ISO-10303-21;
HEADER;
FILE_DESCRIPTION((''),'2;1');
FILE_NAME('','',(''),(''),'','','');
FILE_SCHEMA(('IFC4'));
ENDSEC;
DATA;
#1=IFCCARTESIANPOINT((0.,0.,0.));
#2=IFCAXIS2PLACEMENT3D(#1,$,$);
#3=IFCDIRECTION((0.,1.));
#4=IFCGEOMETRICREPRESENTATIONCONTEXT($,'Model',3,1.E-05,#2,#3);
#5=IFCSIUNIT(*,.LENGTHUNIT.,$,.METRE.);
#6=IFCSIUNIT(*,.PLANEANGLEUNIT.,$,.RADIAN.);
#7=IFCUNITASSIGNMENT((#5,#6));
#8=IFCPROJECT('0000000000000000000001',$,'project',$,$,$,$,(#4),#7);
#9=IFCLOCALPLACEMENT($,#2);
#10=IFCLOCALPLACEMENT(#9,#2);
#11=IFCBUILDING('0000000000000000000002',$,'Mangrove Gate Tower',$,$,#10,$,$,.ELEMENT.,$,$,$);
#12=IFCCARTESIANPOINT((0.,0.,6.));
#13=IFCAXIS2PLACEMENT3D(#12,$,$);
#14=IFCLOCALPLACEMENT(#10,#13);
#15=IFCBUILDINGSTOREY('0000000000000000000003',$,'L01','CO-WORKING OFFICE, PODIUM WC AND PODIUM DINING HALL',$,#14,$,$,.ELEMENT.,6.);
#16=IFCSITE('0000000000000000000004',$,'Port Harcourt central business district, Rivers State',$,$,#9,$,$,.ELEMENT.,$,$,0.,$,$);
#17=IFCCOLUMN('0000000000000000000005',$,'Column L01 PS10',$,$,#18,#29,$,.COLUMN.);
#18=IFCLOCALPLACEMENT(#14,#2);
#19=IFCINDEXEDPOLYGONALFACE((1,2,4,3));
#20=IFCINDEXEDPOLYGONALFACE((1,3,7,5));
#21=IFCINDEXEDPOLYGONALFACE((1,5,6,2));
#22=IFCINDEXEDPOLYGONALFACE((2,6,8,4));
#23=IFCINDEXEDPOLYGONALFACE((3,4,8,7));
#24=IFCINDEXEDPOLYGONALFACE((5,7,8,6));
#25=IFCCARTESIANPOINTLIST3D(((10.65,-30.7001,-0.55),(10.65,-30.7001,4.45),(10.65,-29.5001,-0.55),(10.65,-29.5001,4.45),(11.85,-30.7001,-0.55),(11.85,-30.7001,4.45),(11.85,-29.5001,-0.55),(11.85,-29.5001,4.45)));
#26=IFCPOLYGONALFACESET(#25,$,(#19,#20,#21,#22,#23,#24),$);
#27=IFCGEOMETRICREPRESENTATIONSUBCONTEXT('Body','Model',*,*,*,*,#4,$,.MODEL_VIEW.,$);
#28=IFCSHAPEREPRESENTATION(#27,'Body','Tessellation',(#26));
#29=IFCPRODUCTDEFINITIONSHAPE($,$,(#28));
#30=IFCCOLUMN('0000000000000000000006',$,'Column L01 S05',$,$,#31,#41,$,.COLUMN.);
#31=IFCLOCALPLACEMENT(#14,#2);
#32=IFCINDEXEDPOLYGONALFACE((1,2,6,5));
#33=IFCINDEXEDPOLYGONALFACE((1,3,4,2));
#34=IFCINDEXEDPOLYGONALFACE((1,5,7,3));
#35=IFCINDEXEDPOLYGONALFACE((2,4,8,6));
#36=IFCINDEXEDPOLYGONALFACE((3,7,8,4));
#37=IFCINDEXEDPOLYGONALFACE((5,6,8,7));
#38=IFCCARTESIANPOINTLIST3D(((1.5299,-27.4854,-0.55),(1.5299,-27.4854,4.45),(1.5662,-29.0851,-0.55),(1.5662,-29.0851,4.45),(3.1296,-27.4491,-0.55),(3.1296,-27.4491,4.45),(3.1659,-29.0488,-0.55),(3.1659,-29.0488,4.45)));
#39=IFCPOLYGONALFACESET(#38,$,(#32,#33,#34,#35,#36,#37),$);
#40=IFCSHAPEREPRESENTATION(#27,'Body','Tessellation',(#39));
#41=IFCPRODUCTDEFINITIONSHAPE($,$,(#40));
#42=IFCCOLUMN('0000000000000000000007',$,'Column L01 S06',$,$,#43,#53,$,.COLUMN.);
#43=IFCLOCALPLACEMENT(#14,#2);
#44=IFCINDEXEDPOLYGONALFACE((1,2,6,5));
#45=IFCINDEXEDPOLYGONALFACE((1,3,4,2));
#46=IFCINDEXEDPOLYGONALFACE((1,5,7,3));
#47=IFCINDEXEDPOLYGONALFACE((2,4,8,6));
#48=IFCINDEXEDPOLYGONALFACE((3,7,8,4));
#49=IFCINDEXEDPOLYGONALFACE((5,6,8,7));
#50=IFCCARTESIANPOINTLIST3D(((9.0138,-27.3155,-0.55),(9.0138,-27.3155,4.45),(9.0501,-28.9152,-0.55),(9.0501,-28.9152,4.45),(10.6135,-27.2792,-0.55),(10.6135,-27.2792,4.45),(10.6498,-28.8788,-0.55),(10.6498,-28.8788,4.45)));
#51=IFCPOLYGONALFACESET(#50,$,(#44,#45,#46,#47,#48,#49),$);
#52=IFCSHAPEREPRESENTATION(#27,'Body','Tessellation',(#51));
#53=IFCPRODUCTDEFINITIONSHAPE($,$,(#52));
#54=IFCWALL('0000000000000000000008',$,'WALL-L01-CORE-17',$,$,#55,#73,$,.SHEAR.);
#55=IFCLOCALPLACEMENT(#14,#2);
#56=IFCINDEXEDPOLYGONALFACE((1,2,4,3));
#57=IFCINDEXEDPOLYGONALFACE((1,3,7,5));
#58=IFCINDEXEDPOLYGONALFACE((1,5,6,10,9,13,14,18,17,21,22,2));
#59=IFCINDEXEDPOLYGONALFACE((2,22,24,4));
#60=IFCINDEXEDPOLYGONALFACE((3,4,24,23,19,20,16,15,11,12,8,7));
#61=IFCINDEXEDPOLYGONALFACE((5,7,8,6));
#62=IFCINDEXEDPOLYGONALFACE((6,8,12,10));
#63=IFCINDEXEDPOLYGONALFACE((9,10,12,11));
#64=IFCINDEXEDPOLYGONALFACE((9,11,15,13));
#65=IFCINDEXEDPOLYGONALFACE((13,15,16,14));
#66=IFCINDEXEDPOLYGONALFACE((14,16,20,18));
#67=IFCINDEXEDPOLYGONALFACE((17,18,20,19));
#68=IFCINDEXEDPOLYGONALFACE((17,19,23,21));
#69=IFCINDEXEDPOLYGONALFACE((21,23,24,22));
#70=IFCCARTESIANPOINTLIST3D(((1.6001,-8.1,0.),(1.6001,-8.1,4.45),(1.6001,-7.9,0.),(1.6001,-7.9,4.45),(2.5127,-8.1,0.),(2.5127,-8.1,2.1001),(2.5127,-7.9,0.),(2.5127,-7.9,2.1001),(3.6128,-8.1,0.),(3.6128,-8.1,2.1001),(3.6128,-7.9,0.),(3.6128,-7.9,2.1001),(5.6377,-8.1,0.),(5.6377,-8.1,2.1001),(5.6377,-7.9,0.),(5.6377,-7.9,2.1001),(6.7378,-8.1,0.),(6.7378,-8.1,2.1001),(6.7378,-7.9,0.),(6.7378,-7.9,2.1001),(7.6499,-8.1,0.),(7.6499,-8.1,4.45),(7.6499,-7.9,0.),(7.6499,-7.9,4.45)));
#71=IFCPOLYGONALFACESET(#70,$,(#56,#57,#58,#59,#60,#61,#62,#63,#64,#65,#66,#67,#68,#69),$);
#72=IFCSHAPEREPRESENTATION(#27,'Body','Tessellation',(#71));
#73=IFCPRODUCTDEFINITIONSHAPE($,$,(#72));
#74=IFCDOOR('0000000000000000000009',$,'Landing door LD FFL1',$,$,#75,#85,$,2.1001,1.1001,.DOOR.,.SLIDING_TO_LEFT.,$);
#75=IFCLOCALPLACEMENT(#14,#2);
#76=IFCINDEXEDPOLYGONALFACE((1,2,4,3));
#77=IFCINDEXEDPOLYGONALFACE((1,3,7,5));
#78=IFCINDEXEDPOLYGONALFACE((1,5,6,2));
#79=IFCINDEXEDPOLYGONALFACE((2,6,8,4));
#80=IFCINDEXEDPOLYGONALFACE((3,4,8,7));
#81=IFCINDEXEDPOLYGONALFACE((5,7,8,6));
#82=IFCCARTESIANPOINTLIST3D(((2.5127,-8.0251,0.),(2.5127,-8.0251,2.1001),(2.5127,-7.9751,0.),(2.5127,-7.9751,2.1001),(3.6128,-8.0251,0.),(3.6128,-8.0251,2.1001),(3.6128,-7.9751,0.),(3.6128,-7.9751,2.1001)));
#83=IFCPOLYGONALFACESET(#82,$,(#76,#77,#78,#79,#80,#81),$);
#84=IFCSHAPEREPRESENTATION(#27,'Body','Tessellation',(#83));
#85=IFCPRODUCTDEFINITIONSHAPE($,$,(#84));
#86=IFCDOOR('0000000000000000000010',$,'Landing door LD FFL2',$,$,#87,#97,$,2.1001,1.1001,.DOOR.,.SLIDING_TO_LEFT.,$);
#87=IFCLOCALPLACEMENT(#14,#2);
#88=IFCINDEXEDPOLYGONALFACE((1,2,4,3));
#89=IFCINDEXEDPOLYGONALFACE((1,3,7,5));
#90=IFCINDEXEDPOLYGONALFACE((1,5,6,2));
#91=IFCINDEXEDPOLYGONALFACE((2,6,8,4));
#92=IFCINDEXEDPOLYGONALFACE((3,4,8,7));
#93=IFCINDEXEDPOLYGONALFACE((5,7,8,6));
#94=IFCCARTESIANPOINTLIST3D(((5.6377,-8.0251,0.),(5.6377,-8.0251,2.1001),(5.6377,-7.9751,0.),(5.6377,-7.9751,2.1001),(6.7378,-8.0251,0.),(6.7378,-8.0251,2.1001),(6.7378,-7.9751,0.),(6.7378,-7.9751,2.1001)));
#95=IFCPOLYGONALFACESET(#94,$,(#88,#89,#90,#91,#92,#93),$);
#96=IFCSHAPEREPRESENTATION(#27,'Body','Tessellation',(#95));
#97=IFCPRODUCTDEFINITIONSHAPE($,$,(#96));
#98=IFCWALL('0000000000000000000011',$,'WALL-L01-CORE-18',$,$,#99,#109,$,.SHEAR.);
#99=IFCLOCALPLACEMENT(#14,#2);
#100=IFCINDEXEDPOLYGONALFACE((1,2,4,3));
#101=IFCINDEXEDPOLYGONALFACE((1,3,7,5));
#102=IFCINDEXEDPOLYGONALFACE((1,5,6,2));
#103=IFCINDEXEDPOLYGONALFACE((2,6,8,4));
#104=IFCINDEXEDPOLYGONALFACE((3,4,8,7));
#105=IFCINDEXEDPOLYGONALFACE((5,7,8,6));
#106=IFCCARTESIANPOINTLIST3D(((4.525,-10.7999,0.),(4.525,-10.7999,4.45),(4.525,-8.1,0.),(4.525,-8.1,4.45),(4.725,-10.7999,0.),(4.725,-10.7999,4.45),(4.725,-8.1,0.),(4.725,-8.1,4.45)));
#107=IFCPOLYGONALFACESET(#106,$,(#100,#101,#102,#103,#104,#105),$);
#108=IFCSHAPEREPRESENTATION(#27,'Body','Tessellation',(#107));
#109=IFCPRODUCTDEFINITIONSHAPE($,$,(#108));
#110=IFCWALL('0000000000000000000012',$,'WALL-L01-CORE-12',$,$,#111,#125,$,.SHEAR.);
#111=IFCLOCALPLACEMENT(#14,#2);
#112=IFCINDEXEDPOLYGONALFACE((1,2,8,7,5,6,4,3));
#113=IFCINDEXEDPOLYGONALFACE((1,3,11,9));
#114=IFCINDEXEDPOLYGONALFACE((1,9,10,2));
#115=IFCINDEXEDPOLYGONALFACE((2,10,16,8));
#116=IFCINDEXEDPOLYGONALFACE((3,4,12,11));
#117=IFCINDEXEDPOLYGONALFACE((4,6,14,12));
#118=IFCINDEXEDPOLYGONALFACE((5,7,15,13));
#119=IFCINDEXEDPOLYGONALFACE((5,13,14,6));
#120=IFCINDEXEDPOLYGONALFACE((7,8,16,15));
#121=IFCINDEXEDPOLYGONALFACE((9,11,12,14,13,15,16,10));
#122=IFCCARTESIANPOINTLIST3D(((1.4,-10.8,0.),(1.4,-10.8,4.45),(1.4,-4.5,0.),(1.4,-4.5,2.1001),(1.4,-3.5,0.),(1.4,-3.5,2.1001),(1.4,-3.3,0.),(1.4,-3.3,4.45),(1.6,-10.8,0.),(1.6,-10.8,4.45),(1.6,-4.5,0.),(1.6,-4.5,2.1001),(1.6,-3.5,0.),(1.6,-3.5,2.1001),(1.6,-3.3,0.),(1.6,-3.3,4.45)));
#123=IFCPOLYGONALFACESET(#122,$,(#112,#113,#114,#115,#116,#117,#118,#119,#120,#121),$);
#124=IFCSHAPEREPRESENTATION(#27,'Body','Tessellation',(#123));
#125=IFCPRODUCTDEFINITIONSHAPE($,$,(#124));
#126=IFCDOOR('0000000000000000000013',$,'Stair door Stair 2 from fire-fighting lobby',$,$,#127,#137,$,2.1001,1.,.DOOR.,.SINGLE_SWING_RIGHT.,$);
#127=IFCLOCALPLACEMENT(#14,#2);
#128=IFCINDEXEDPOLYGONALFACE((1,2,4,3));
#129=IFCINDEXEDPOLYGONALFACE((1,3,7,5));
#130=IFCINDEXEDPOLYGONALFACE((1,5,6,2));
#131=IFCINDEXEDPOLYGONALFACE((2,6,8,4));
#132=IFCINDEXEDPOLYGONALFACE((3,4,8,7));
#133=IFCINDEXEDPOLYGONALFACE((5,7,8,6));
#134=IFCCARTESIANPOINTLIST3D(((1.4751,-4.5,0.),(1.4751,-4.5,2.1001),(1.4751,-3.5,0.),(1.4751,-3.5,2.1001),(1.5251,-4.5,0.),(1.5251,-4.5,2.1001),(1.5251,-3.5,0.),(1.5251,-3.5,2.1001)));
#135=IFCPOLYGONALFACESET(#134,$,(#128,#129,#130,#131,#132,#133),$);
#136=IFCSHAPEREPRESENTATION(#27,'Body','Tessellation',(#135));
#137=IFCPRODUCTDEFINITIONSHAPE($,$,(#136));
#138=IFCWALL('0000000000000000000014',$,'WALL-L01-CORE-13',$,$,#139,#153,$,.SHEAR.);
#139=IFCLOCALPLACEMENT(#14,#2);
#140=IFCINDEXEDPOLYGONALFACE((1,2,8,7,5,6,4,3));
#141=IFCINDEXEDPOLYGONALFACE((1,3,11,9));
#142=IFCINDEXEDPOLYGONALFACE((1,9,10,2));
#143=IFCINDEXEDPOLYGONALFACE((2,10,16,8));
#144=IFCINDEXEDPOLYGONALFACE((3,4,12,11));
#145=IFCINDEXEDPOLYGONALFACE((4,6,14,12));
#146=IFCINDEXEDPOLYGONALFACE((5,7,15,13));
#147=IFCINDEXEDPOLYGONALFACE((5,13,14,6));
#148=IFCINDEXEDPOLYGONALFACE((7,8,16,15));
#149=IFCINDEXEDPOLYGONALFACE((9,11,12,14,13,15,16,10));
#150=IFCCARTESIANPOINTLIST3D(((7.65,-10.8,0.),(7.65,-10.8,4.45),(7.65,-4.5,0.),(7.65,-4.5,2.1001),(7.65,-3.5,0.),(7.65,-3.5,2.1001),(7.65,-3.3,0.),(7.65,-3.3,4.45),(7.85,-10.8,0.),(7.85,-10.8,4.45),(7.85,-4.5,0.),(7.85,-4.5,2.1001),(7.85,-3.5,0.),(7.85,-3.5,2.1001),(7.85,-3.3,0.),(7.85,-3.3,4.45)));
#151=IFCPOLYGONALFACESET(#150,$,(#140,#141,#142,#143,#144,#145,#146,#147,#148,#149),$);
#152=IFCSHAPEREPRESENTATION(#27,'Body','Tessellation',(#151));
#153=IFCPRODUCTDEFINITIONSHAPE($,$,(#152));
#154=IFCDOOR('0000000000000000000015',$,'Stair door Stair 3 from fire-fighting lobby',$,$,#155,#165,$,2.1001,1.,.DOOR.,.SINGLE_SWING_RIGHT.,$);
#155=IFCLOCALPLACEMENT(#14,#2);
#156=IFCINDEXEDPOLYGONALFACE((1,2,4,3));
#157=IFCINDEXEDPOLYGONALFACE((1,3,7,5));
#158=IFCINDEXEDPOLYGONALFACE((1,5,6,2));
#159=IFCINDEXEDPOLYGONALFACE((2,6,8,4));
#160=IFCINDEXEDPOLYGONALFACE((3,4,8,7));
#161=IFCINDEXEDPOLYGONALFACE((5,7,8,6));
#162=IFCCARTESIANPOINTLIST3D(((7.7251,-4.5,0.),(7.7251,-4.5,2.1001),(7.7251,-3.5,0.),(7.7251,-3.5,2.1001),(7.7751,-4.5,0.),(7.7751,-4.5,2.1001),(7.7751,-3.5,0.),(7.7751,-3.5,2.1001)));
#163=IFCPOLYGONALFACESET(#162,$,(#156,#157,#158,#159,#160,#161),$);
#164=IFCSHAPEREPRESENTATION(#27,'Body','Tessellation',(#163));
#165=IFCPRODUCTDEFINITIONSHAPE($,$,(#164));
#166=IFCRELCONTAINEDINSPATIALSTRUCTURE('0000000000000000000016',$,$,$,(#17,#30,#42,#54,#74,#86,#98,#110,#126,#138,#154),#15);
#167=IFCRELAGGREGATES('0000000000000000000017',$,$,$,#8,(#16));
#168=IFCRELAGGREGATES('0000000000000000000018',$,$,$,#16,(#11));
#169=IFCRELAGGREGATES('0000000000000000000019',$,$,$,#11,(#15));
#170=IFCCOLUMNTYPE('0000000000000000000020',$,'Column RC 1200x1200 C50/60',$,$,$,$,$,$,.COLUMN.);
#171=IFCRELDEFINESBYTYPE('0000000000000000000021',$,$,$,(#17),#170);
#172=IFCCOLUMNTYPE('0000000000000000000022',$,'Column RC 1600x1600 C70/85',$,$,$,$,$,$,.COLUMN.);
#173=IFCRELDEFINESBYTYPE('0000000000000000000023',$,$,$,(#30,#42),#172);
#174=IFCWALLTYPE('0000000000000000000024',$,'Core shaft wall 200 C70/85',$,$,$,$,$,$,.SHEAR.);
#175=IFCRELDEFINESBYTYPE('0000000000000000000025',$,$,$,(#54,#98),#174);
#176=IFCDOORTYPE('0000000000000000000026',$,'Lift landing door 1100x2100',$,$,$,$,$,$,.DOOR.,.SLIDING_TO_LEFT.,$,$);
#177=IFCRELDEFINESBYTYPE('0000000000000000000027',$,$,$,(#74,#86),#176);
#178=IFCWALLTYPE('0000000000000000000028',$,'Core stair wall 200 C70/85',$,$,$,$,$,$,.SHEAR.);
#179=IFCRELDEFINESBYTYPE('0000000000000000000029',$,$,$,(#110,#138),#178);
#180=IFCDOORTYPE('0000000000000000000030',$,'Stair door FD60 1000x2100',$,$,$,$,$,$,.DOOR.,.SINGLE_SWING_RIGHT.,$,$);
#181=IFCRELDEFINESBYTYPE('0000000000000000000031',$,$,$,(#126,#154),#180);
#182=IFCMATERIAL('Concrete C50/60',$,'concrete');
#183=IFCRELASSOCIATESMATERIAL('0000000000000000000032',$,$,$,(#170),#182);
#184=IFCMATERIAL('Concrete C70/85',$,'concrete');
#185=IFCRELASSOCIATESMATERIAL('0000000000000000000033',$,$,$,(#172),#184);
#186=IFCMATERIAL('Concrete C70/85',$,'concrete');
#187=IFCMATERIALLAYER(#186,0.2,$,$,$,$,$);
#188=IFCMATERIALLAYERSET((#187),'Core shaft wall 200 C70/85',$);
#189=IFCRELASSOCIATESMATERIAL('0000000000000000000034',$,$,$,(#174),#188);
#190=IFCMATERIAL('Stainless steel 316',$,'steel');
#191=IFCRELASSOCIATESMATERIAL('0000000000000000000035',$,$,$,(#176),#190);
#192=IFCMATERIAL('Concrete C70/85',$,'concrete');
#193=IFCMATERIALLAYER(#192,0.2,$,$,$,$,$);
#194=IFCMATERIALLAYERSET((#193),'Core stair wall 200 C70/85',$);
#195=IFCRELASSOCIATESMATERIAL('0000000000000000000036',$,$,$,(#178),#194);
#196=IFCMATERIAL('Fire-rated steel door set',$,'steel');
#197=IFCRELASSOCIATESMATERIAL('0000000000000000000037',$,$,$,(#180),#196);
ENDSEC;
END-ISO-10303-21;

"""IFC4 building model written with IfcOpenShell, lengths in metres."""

from ifc_helpers import new_model, si_unit, direction, frame, frame_2d, origin, origin_2d, place, context, subcontext, project, spatial, rectangle, extrude, material, layer, layer_set, material_profile, profile_set, type_object, element, fill, save


model = new_model("IFC4")

# Units and contexts
model_context = context("Model", 3, precision=1e-05, world=origin(), true_north=direction((0.0, 1.0)))
body_context = subcontext(model_context, "Body", "Model", "MODEL_VIEW")
ifc_project = project(units=[si_unit("LENGTHUNIT", "METRE"), si_unit("PLANEANGLEUNIT", "RADIAN")], contexts=[model_context])

# Site, building, storey
site_placement = place(None, origin())
site = spatial("IfcSite", under=ifc_project, at=site_placement, Name="Port Harcourt central business district, Rivers State", CompositionType="ELEMENT", RefElevation=0.0)
building_placement = place(site_placement, origin())
building = spatial("IfcBuilding", under=site, at=building_placement, Name="Mangrove Gate Tower", CompositionType="ELEMENT")
storey_placement = place(building_placement, frame((0.0, 0.0, 6.0)))
storey = spatial("IfcBuildingStorey", under=building, at=storey_placement, Name="L01", Description="CO-WORKING OFFICE, PODIUM WC AND PODIUM DINING HALL", CompositionType="ELEMENT", Elevation=6.0)

# Columns
ifc_material_1 = material(Name="Concrete C50/60", Category="concrete")
ifc_material_profile_1 = material_profile(ifc_material_1, rectangle(XDim=1.2, YDim=1.2, at=origin_2d()))
ifc_profile_set_1 = profile_set([ifc_material_profile_1], Name="Concrete C50/60")
column_type_1 = type_object("IfcColumnType", Name="Column RC 1200x1200 C50/60", PredefinedType="COLUMN", material=ifc_profile_set_1)
column_placement = place(storey_placement, frame((11.25, -30.1001, -0.55), z_axis=(0.0, 0.0, 1.0), x_axis=(1.0, 0.0, 0.0)))
element("IfcColumn", 1, at=column_placement, inside=storey, type_object=column_type_1, Name="Column L01 PS10", PredefinedType="COLUMN", context=body_context, shape_type="SweptSolid", body=[
    extrude(rectangle(XDim=1.2, YDim=1.2, at=origin_2d()), origin(), (0.0, 0.0, 1.0), 5.0),
])
ifc_material_2 = material(Name="Concrete C70/85", Category="concrete")
ifc_material_profile_2 = material_profile(ifc_material_2, rectangle(XDim=1.6001, YDim=1.6001, at=origin_2d()))
ifc_profile_set_2 = profile_set([ifc_material_profile_2], Name="Concrete C70/85")
column_type_2 = type_object("IfcColumnType", Name="Column RC 1600x1600 C70/85", PredefinedType="COLUMN", material=ifc_profile_set_2)
for number, where, z_axis, x_axis, name in (
    (2, (2.3479, -28.2671, -0.55), (0.0, 0.0, 1.0), (0.999742, 0.022709, 0.0), "Column L01 S05"),
    (3, (9.8318, -28.0972, -0.55), (0.0, 0.0, 1.0), (0.999742, 0.022711, 0.0), "Column L01 S06"),
):
    element("IfcColumn", number, at=place(storey_placement, frame(where, z_axis=z_axis, x_axis=x_axis)), inside=storey, type_object=column_type_2, Name=name, PredefinedType="COLUMN", context=body_context, shape_type="SweptSolid", body=[
        extrude(rectangle(XDim=1.6001, YDim=1.6001, at=origin_2d()), origin(), (0.0, 0.0, 1.0), 5.0),
    ])

# Wall, openings, doors
ifc_material_3 = material(Name="Concrete C70/85", Category="concrete")
ifc_layer_1 = layer(ifc_material_3, 0.2)
ifc_layer_set_1 = layer_set([ifc_layer_1], Name="Core shaft wall 200 C70/85")
wall_type_1 = type_object("IfcWallType", Name="Core shaft wall 200 C70/85", PredefinedType="SHEAR", material=ifc_layer_set_1)
wall_1_placement = place(storey_placement, frame((1.6001, -8.0, 0.0), z_axis=(0.0, 0.0, 1.0), x_axis=(1.0, 0.0, 0.0)))
wall_1 = element("IfcWall", 4, at=wall_1_placement, inside=storey, type_object=wall_type_1, Name="WALL-L01-CORE-17", PredefinedType="SHEAR", context=body_context, shape_type="SweptSolid", body=[
    extrude(rectangle(XDim=6.0498, YDim=0.2, at=frame_2d((3.0249, 0.0))), origin(), (0.0, 0.0, 1.0), 4.45),
])
opening_1_placement = place(wall_1_placement, frame((0.9126, 0.0, 0.0)))
opening_1 = element("IfcOpeningElement", 5, at=opening_1_placement, cuts=wall_1, PredefinedType="OPENING", context=body_context, shape_type="SweptSolid", body=[
    extrude(rectangle(XDim=1.1001, YDim=2.1001, at=frame_2d((0.55, 1.05))), frame((0.0, 0.1099, 0.0), z_axis=(0.0, -1.0, 0.0), x_axis=(1.0, 0.0, 0.0)), (0.0, 0.0, 1.0), 0.22),
])
opening_2_placement = place(wall_1_placement, frame((4.0376, 0.0, 0.0)))
opening_2 = element("IfcOpeningElement", 6, at=opening_2_placement, cuts=wall_1, PredefinedType="OPENING", context=body_context, shape_type="SweptSolid", body=[
    extrude(rectangle(XDim=1.1001, YDim=2.1001, at=frame_2d((0.55, 1.05))), frame((0.0, 0.1099, 0.0), z_axis=(0.0, -1.0, 0.0), x_axis=(1.0, 0.0, 0.0)), (0.0, 0.0, 1.0), 0.22),
])
ifc_material_4 = material(Name="Stainless steel 316", Category="steel")
door_type_1 = type_object("IfcDoorType", Name="Lift landing door 1100x2100", OperationType="SLIDING_TO_LEFT", PredefinedType="DOOR", material=ifc_material_4)
door_1_placement = place(opening_1_placement, origin())
door_1 = element("IfcDoor", 7, at=door_1_placement, inside=storey, type_object=door_type_1, Name="Landing door LD FFL1", OperationType="SLIDING_TO_LEFT", OverallHeight=2.1001, OverallWidth=1.1001, PredefinedType="DOOR", context=body_context, shape_type="SweptSolid", body=[
    extrude(rectangle(XDim=1.1001, YDim=2.1001, at=frame_2d((0.55, 1.05))), frame((0.0, 0.0249, 0.0), z_axis=(0.0, -1.0, 0.0), x_axis=(1.0, 0.0, 0.0)), (0.0, 0.0, 1.0), 0.05),
])
fill(opening_1, door_1)
door_2_placement = place(opening_2_placement, origin())
door_2 = element("IfcDoor", 8, at=door_2_placement, inside=storey, type_object=door_type_1, Name="Landing door LD FFL2", OperationType="SLIDING_TO_LEFT", OverallHeight=2.1001, OverallWidth=1.1001, PredefinedType="DOOR", context=body_context, shape_type="SweptSolid", body=[
    extrude(rectangle(XDim=1.1001, YDim=2.1001, at=frame_2d((0.55, 1.05))), frame((0.0, 0.0249, 0.0), z_axis=(0.0, -1.0, 0.0), x_axis=(1.0, 0.0, 0.0)), (0.0, 0.0, 1.0), 0.05),
])
fill(opening_2, door_2)

# Wall
wall_2_placement = place(storey_placement, frame((4.625, -10.8, 0.0), z_axis=(0.0, 0.0, 1.0), x_axis=(0.0, 1.0, 0.0)))
element("IfcWall", 9, at=wall_2_placement, inside=storey, type_object=wall_type_1, Name="WALL-L01-CORE-18", PredefinedType="SHEAR", context=body_context, shape_type="SweptSolid", body=[
    extrude(rectangle(XDim=2.7, YDim=0.2, at=frame_2d((1.3501, 0.0))), origin(), (0.0, 0.0, 1.0), 4.45),
])

# Walls, openings, doors
ifc_material_5 = material(Name="Concrete C70/85", Category="concrete")
ifc_layer_2 = layer(ifc_material_5, 0.2)
ifc_layer_set_2 = layer_set([ifc_layer_2], Name="Core stair wall 200 C70/85")
wall_type_2 = type_object("IfcWallType", Name="Core stair wall 200 C70/85", PredefinedType="SHEAR", material=ifc_layer_set_2)
wall_3_placement = place(storey_placement, frame((1.5, -10.8, 0.0), z_axis=(0.0, 0.0, 1.0), x_axis=(0.0, 1.0, 0.0)))
wall_3 = element("IfcWall", 10, at=wall_3_placement, inside=storey, type_object=wall_type_2, Name="WALL-L01-CORE-12", PredefinedType="SHEAR", context=body_context, shape_type="SweptSolid", body=[
    extrude(rectangle(XDim=7.5, YDim=0.2, at=frame_2d((3.75, 0.0))), origin(), (0.0, 0.0, 1.0), 4.45),
])
opening_3_placement = place(wall_3_placement, frame((6.3, 0.0, 0.0)))
opening_3 = element("IfcOpeningElement", 11, at=opening_3_placement, cuts=wall_3, PredefinedType="OPENING", context=body_context, shape_type="SweptSolid", body=[
    extrude(rectangle(XDim=1.0, YDim=2.1001, at=frame_2d((0.5, 1.05))), frame((0.0, 0.1099, 0.0), z_axis=(0.0, -1.0, 0.0), x_axis=(1.0, 0.0, 0.0)), (0.0, 0.0, 1.0), 0.22),
])
ifc_material_6 = material(Name="Fire-rated steel door set", Category="steel")
door_type_2 = type_object("IfcDoorType", Name="Stair door FD60 1000x2100", OperationType="SINGLE_SWING_RIGHT", PredefinedType="DOOR", material=ifc_material_6)
door_3_placement = place(opening_3_placement, origin())
door_3 = element("IfcDoor", 12, at=door_3_placement, inside=storey, type_object=door_type_2, Name="Stair door Stair 2 from fire-fighting lobby", OperationType="SINGLE_SWING_RIGHT", OverallHeight=2.1001, OverallWidth=1.0, PredefinedType="DOOR", context=body_context, shape_type="SweptSolid", body=[
    extrude(rectangle(XDim=1.0, YDim=2.1001, at=frame_2d((0.5, 1.05))), frame((0.0, 0.0249, 0.0), z_axis=(0.0, -1.0, 0.0), x_axis=(1.0, 0.0, 0.0)), (0.0, 0.0, 1.0), 0.05),
])
fill(opening_3, door_3)
wall_4_placement = place(storey_placement, frame((7.75, -10.8, 0.0), z_axis=(0.0, 0.0, 1.0), x_axis=(0.0, 1.0, 0.0)))
wall_4 = element("IfcWall", 13, at=wall_4_placement, inside=storey, type_object=wall_type_2, Name="WALL-L01-CORE-13", PredefinedType="SHEAR", context=body_context, shape_type="SweptSolid", body=[
    extrude(rectangle(XDim=7.5, YDim=0.2, at=frame_2d((3.75, 0.0))), origin(), (0.0, 0.0, 1.0), 4.45),
])
opening_4_placement = place(wall_4_placement, frame((6.3, 0.0, 0.0)))
opening_4 = element("IfcOpeningElement", 14, at=opening_4_placement, cuts=wall_4, PredefinedType="OPENING", context=body_context, shape_type="SweptSolid", body=[
    extrude(rectangle(XDim=1.0, YDim=2.1001, at=frame_2d((0.5, 1.05))), frame((0.0, 0.1099, 0.0), z_axis=(0.0, -1.0, 0.0), x_axis=(1.0, 0.0, 0.0)), (0.0, 0.0, 1.0), 0.22),
])
door_4_placement = place(opening_4_placement, origin())
door_4 = element("IfcDoor", 15, at=door_4_placement, inside=storey, type_object=door_type_2, Name="Stair door Stair 3 from fire-fighting lobby", OperationType="SINGLE_SWING_RIGHT", OverallHeight=2.1001, OverallWidth=1.0, PredefinedType="DOOR", context=body_context, shape_type="SweptSolid", body=[
    extrude(rectangle(XDim=1.0, YDim=2.1001, at=frame_2d((0.5, 1.05))), frame((0.0, 0.0249, 0.0), z_axis=(0.0, -1.0, 0.0), x_axis=(1.0, 0.0, 0.0)), (0.0, 0.0, 1.0), 0.05),
])
fill(opening_4, door_4)

save(model, "model.ifc")
